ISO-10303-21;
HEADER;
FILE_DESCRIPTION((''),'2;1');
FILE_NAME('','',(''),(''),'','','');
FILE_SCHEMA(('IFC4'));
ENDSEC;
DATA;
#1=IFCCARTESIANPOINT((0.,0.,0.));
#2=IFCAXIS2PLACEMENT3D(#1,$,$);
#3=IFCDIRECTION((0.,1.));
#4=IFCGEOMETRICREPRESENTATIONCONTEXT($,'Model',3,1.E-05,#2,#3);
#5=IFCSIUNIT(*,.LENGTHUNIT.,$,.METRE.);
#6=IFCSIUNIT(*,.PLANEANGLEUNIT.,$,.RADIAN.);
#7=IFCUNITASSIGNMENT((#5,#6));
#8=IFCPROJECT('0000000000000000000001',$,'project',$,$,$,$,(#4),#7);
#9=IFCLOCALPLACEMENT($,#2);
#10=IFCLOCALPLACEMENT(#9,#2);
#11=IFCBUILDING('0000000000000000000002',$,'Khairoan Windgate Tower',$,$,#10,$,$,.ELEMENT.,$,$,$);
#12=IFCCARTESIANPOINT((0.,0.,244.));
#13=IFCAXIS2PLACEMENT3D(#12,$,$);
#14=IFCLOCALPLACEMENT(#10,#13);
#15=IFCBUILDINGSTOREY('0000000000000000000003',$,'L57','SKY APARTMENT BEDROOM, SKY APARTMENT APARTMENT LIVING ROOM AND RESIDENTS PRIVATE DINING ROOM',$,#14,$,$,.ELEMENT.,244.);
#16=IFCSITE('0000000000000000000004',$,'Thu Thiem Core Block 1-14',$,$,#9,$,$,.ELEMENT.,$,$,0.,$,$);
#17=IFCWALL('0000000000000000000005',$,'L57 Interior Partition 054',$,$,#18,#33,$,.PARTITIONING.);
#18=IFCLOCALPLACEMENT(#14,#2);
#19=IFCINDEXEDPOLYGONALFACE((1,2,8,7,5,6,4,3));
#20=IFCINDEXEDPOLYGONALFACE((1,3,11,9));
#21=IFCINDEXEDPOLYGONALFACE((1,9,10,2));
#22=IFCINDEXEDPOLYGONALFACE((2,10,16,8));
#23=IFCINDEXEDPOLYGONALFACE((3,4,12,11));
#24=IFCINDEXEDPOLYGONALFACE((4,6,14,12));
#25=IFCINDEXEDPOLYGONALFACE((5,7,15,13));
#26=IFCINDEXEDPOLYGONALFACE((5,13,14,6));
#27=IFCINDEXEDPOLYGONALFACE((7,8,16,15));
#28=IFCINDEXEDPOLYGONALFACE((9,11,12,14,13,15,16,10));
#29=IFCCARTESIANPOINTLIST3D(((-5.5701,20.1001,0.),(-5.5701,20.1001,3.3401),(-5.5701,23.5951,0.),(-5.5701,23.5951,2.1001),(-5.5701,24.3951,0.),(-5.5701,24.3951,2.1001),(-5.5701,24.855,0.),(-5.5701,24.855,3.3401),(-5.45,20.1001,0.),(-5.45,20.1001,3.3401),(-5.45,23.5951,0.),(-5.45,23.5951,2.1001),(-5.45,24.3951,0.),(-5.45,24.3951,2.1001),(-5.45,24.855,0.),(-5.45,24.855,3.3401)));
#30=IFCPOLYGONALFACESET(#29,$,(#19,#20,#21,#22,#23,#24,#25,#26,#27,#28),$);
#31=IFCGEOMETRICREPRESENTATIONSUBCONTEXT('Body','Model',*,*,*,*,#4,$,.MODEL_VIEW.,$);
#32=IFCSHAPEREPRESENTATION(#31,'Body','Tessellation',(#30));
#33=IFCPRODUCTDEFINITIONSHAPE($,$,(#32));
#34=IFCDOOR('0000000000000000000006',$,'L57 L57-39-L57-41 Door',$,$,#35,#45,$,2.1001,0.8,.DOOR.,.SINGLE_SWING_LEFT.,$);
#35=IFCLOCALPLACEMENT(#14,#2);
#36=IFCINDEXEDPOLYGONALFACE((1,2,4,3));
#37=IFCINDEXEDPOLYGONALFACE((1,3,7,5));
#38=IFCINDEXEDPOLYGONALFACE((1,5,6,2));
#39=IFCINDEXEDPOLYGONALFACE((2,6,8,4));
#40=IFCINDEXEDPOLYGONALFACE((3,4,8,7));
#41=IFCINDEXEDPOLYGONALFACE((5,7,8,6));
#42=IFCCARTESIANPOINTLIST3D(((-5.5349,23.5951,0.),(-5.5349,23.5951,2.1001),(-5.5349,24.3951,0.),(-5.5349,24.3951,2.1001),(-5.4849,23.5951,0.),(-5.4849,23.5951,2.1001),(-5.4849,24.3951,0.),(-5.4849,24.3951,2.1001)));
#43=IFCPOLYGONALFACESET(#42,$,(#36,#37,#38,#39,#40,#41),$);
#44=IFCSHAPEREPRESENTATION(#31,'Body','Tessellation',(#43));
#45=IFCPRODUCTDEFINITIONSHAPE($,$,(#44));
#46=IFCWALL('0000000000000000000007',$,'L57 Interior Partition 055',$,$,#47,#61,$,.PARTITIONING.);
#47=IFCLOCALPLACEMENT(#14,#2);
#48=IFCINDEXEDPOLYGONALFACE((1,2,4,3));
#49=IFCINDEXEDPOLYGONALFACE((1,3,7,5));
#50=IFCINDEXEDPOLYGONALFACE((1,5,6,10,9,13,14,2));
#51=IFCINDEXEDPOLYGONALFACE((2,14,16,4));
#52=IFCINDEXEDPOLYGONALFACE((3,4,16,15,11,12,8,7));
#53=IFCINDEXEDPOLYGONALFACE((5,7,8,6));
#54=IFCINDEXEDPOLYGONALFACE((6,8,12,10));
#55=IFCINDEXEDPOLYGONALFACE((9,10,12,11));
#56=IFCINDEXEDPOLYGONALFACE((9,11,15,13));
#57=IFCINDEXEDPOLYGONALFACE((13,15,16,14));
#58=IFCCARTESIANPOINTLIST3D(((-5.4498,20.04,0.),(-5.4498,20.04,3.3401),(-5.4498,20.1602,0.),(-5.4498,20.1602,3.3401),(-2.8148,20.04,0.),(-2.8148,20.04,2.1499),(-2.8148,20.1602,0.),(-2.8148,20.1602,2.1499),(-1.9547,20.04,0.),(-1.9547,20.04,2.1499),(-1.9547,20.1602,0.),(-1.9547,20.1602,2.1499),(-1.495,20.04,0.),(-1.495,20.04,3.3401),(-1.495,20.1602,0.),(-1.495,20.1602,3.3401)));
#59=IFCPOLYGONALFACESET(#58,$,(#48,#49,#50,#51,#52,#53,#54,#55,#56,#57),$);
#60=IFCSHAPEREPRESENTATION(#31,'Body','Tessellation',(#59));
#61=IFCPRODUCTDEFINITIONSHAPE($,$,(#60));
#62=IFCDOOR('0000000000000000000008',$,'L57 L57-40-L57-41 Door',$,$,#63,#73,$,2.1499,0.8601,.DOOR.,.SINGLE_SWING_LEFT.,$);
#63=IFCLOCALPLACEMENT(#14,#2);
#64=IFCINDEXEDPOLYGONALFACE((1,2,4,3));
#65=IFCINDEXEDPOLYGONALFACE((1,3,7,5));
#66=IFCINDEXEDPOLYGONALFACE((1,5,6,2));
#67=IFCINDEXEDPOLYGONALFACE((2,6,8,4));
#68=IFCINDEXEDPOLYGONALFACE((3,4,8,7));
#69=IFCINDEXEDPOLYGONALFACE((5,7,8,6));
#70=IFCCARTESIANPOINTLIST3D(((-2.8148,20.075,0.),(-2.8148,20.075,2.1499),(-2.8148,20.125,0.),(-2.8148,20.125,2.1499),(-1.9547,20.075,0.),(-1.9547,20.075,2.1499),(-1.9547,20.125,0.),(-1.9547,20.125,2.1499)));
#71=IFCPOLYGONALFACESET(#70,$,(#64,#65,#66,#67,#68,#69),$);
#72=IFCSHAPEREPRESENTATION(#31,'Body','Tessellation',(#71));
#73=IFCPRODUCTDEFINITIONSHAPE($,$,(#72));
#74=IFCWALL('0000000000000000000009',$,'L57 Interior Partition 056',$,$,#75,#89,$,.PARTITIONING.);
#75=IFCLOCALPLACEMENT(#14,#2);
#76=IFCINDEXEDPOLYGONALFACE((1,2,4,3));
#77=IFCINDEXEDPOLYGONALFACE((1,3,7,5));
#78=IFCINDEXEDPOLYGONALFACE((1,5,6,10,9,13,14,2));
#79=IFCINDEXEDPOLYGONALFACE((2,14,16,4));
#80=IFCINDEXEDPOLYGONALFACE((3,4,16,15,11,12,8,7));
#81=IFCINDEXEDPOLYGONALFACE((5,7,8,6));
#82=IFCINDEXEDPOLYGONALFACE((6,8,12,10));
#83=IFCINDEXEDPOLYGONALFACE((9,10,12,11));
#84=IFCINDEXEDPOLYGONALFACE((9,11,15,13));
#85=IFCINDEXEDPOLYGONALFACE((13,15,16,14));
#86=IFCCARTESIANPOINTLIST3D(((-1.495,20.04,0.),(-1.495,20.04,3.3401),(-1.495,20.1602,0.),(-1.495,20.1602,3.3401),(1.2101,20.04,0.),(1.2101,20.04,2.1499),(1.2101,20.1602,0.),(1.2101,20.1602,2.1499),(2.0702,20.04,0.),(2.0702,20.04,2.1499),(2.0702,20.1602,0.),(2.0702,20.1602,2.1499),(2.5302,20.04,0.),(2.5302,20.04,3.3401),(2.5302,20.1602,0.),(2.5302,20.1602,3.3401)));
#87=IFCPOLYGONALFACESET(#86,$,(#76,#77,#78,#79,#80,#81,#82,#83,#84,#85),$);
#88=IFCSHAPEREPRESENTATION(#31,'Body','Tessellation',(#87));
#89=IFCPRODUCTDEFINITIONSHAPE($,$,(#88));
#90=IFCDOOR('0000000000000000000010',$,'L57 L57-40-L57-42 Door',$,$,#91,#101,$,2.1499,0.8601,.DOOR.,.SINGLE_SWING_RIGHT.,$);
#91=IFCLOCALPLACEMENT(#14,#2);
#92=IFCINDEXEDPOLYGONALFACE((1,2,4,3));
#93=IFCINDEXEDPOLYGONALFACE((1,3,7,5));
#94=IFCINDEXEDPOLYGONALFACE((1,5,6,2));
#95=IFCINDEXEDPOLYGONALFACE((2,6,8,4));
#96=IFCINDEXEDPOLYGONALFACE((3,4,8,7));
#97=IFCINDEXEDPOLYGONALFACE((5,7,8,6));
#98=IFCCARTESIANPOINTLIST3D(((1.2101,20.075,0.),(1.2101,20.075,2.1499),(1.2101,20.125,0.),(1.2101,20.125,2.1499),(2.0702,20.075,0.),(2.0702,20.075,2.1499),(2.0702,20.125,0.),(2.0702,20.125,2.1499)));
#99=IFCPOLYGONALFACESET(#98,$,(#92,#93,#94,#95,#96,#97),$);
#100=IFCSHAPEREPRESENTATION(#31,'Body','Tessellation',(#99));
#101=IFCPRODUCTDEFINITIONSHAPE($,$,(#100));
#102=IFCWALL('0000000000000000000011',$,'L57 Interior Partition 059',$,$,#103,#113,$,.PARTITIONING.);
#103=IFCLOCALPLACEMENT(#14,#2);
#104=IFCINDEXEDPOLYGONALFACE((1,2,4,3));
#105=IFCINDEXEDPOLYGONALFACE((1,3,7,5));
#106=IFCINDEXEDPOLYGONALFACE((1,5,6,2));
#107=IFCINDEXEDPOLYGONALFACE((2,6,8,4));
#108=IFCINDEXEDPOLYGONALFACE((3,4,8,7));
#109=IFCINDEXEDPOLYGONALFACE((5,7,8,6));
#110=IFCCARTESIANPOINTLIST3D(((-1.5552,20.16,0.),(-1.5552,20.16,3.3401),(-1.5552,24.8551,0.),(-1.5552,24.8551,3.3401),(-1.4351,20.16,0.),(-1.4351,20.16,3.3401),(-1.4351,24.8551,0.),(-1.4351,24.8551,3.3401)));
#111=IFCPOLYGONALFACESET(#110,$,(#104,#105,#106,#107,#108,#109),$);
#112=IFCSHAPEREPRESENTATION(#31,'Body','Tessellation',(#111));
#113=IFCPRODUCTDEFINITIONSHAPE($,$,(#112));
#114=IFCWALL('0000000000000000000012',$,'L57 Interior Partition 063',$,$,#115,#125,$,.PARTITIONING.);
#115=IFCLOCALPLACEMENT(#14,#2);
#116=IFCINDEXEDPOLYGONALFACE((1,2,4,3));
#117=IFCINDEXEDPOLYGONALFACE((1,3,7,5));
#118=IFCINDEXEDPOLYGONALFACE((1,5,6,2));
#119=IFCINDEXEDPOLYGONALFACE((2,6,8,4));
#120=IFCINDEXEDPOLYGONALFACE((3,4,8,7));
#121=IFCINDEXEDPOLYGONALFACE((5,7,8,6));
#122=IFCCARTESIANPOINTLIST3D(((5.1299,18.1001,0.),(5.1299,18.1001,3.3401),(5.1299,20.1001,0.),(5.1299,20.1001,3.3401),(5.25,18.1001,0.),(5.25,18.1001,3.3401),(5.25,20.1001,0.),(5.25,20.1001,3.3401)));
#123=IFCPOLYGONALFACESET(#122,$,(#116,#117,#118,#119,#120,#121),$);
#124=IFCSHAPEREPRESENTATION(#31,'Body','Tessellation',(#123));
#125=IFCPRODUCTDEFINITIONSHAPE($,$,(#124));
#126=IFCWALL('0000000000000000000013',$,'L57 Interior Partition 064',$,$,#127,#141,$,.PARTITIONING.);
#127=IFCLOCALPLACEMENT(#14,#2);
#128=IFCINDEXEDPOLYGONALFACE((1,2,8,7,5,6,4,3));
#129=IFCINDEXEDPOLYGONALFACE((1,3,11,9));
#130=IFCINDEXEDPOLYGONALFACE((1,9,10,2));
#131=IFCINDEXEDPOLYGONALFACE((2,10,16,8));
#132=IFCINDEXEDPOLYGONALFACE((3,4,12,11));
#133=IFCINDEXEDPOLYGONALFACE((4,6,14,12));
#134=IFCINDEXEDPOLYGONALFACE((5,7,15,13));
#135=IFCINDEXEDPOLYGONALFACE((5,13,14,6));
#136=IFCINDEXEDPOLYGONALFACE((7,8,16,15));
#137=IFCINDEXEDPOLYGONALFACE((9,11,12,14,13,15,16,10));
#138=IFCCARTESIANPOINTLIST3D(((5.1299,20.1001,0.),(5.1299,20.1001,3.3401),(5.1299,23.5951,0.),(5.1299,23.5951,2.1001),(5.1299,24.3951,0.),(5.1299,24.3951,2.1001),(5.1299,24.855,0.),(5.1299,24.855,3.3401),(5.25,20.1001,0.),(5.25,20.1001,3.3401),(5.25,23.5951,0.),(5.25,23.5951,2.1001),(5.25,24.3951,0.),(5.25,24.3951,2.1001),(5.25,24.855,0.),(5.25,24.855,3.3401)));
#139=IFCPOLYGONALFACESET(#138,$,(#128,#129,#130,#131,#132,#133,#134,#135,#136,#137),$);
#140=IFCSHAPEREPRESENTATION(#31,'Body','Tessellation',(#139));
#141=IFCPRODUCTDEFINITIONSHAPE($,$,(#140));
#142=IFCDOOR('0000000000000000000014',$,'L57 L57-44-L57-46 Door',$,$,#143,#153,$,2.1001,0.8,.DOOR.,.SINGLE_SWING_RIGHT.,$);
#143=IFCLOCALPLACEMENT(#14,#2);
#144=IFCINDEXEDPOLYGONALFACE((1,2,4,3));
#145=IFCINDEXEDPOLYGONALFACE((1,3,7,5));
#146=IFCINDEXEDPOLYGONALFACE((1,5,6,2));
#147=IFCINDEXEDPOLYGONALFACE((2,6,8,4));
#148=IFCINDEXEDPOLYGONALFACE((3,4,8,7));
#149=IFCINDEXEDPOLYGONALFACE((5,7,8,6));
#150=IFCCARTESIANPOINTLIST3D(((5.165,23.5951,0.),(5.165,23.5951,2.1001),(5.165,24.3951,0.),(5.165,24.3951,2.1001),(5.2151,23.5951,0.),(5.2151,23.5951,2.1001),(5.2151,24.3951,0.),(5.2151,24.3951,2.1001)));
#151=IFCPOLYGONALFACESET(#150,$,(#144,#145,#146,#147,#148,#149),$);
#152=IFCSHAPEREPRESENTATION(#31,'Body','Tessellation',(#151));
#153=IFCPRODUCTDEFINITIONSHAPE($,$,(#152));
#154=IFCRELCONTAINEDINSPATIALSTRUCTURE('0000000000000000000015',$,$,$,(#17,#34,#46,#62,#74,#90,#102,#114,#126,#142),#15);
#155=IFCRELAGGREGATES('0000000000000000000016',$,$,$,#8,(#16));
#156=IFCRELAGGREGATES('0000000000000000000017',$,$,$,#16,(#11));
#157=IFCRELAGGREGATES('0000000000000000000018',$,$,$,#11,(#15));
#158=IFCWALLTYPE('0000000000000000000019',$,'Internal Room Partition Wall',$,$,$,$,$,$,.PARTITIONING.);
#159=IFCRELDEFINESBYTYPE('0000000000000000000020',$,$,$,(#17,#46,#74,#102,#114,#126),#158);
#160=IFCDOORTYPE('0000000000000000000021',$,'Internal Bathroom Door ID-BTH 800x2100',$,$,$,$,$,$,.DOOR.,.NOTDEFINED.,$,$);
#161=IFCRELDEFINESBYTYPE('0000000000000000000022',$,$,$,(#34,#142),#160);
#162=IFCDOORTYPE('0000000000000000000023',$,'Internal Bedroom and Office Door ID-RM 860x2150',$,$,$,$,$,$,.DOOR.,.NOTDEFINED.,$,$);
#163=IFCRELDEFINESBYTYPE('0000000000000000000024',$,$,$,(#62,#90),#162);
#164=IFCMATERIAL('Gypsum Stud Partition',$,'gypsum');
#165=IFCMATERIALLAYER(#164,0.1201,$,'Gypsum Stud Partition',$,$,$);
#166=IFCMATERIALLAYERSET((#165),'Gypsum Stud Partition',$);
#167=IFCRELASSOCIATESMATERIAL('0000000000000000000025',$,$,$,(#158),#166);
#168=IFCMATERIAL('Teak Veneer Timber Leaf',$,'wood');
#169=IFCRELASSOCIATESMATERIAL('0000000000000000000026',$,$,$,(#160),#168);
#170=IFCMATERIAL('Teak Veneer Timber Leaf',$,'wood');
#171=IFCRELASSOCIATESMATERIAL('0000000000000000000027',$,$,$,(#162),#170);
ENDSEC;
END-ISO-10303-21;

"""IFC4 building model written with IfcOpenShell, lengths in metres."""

from ifc_helpers import new_model, si_unit, direction, frame, frame_2d, origin, place, context, subcontext, project, spatial, rectangle, extrude, material, layer, layer_set, type_object, element, fill, save


model = new_model("IFC4")

# Units and contexts
model_context = context("Model", 3, precision=1e-05, world=origin(), true_north=direction((0.0, 1.0)))
body_context = subcontext(model_context, "Body", "Model", "MODEL_VIEW")
ifc_project = project(units=[si_unit("LENGTHUNIT", "METRE"), si_unit("PLANEANGLEUNIT", "RADIAN")], contexts=[model_context])

# Site, building, storey
site_placement = place(None, origin())
site = spatial("IfcSite", under=ifc_project, at=site_placement, Name="Thu Thiem Core Block 1-14", CompositionType="ELEMENT", RefElevation=0.0)
building_placement = place(site_placement, origin())
building = spatial("IfcBuilding", under=site, at=building_placement, Name="Khairoan Windgate Tower", CompositionType="ELEMENT")
storey_placement = place(building_placement, frame((0.0, 0.0, 244.0)))
storey = spatial("IfcBuildingStorey", under=building, at=storey_placement, Name="L57", Description="SKY APARTMENT BEDROOM, SKY APARTMENT APARTMENT LIVING ROOM AND RESIDENTS PRIVATE DINING ROOM", CompositionType="ELEMENT", Elevation=244.0)

# Shared definitions
ifc_material_1 = material(Name="Gypsum Stud Partition", Category="gypsum")
ifc_layer_1 = layer(ifc_material_1, 0.1201, Name="Gypsum Stud Partition")
ifc_layer_set_1 = layer_set([ifc_layer_1], Name="Gypsum Stud Partition")
wall_type_1 = type_object("IfcWallType", Name="Internal Room Partition Wall", PredefinedType="PARTITIONING", material=ifc_layer_set_1)

# Walls, openings, doors
wall_1_placement = place(storey_placement, frame((-5.51, 20.1001, 0.0), z_axis=(0.0, 0.0, 1.0), x_axis=(0.0, 1.0, 0.0)))
wall_1 = element("IfcWall", 1, at=wall_1_placement, inside=storey, type_object=wall_type_1, Name="L57 Interior Partition 054", PredefinedType="PARTITIONING", context=body_context, shape_type="SweptSolid", body=[
    extrude(rectangle(XDim=4.7549, YDim=0.1201, at=frame_2d((2.3774, 0.0))), origin(), (0.0, 0.0, 1.0), 3.3401),
])
opening_1_placement = place(wall_1_placement, frame((3.4951, 0.0, 0.0)))
opening_1 = element("IfcOpeningElement", 2, at=opening_1_placement, cuts=wall_1, PredefinedType="OPENING", context=body_context, shape_type="SweptSolid", body=[
    extrude(rectangle(XDim=0.8, YDim=2.1001, at=frame_2d((0.3999, 1.05))), frame((0.0, 0.0701, 0.0), z_axis=(0.0, -1.0, 0.0), x_axis=(1.0, 0.0, 0.0)), (0.0, 0.0, 1.0), 0.1401),
])
ifc_material_2 = material(Name="Teak Veneer Timber Leaf", Category="wood")
door_type_1 = type_object("IfcDoorType", Name="Internal Bathroom Door ID-BTH 800x2100", OperationType="NOTDEFINED", PredefinedType="DOOR", material=ifc_material_2)
door_1_placement = place(opening_1_placement, origin())
door_1 = element("IfcDoor", 3, at=door_1_placement, inside=storey, type_object=door_type_1, Name="L57 L57-39-L57-41 Door", OperationType="SINGLE_SWING_LEFT", OverallHeight=2.1001, OverallWidth=0.8, PredefinedType="DOOR", context=body_context, shape_type="SweptSolid", body=[
    extrude(rectangle(XDim=0.8, YDim=2.1001, at=frame_2d((0.3999, 1.05))), frame((0.0, 0.0249, 0.0), z_axis=(0.0, -1.0, 0.0), x_axis=(1.0, 0.0, 0.0)), (0.0, 0.0, 1.0), 0.05),
])
fill(opening_1, door_1)
wall_2_placement = place(storey_placement, frame((-5.45, 20.1001, 0.0), z_axis=(0.0, 0.0, 1.0), x_axis=(1.0, 0.0, 0.0)))
wall_2 = element("IfcWall", 4, at=wall_2_placement, inside=storey, type_object=wall_type_1, Name="L57 Interior Partition 055", PredefinedType="PARTITIONING", context=body_context, shape_type="SweptSolid", body=[
    extrude(rectangle(XDim=3.9548, YDim=0.1201, at=frame_2d((1.9775, 0.0))), origin(), (0.0, 0.0, 1.0), 3.3401),
])
opening_2_placement = place(wall_2_placement, frame((2.635, 0.0, 0.0)))
opening_2 = element("IfcOpeningElement", 5, at=opening_2_placement, cuts=wall_2, PredefinedType="OPENING", context=body_context, shape_type="SweptSolid", body=[
    extrude(rectangle(XDim=0.8601, YDim=2.1499, at=frame_2d((0.4302, 1.075))), frame((0.0, 0.0701, 0.0), z_axis=(0.0, -1.0, 0.0), x_axis=(1.0, 0.0, 0.0)), (0.0, 0.0, 1.0), 0.1401),
])
ifc_material_3 = material(Name="Teak Veneer Timber Leaf", Category="wood")
door_type_2 = type_object("IfcDoorType", Name="Internal Bedroom and Office Door ID-RM 860x2150", OperationType="NOTDEFINED", PredefinedType="DOOR", material=ifc_material_3)
door_2_placement = place(opening_2_placement, origin())
door_2 = element("IfcDoor", 6, at=door_2_placement, inside=storey, type_object=door_type_2, Name="L57 L57-40-L57-41 Door", OperationType="SINGLE_SWING_LEFT", OverallHeight=2.1499, OverallWidth=0.8601, PredefinedType="DOOR", context=body_context, shape_type="SweptSolid", body=[
    extrude(rectangle(XDim=0.8601, YDim=2.1499, at=frame_2d((0.4302, 1.075))), frame((0.0, 0.0249, 0.0), z_axis=(0.0, -1.0, 0.0), x_axis=(1.0, 0.0, 0.0)), (0.0, 0.0, 1.0), 0.05),
])
fill(opening_2, door_2)
wall_3_placement = place(storey_placement, frame((-1.4951, 20.1001, 0.0), z_axis=(0.0, 0.0, 1.0), x_axis=(1.0, 0.0, 0.0)))
wall_3 = element("IfcWall", 7, at=wall_3_placement, inside=storey, type_object=wall_type_1, Name="L57 Interior Partition 056", PredefinedType="PARTITIONING", context=body_context, shape_type="SweptSolid", body=[
    extrude(rectangle(XDim=4.0251, YDim=0.1201, at=frame_2d((2.0127, 0.0))), origin(), (0.0, 0.0, 1.0), 3.3401),
])
opening_3_placement = place(wall_3_placement, frame((2.7051, 0.0, 0.0)))
opening_3 = element("IfcOpeningElement", 8, at=opening_3_placement, cuts=wall_3, PredefinedType="OPENING", context=body_context, shape_type="SweptSolid", body=[
    extrude(rectangle(XDim=0.8601, YDim=2.1499, at=frame_2d((0.4302, 1.075))), frame((0.0, 0.0701, 0.0), z_axis=(0.0, -1.0, 0.0), x_axis=(1.0, 0.0, 0.0)), (0.0, 0.0, 1.0), 0.1401),
])
door_3_placement = place(opening_3_placement, origin())
door_3 = element("IfcDoor", 9, at=door_3_placement, inside=storey, type_object=door_type_2, Name="L57 L57-40-L57-42 Door", OperationType="SINGLE_SWING_RIGHT", OverallHeight=2.1499, OverallWidth=0.8601, PredefinedType="DOOR", context=body_context, shape_type="SweptSolid", body=[
    extrude(rectangle(XDim=0.8601, YDim=2.1499, at=frame_2d((0.4302, 1.075))), frame((0.0, 0.0249, 0.0), z_axis=(0.0, -1.0, 0.0), x_axis=(1.0, 0.0, 0.0)), (0.0, 0.0, 1.0), 0.05),
])
fill(opening_3, door_3)

# Walls
wall_4_placement = place(storey_placement, frame((-1.4951, 20.1599, 0.0), z_axis=(0.0, 0.0, 1.0), x_axis=(0.0, 1.0, 0.0)))
element("IfcWall", 10, at=wall_4_placement, inside=storey, type_object=wall_type_1, Name="L57 Interior Partition 059", PredefinedType="PARTITIONING", context=body_context, shape_type="SweptSolid", body=[
    extrude(rectangle(XDim=4.6951, YDim=0.1201, at=frame_2d((2.3477, 0.0))), origin(), (0.0, 0.0, 1.0), 3.3401),
])
wall_5_placement = place(storey_placement, frame((5.1899, 18.1001, 0.0), z_axis=(0.0, 0.0, 1.0), x_axis=(0.0, 1.0, 0.0)))
element("IfcWall", 11, at=wall_5_placement, inside=storey, type_object=wall_type_1, Name="L57 Interior Partition 063", PredefinedType="PARTITIONING", context=body_context, shape_type="SweptSolid", body=[
    extrude(rectangle(XDim=2.0, YDim=0.1201, at=frame_2d((1.0, 0.0))), origin(), (0.0, 0.0, 1.0), 3.3401),
])

# Wall, opening, door
wall_6_placement = place(storey_placement, frame((5.1899, 20.1001, 0.0), z_axis=(0.0, 0.0, 1.0), x_axis=(0.0, 1.0, 0.0)))
wall_6 = element("IfcWall", 12, at=wall_6_placement, inside=storey, type_object=wall_type_1, Name="L57 Interior Partition 064", PredefinedType="PARTITIONING", context=body_context, shape_type="SweptSolid", body=[
    extrude(rectangle(XDim=4.7549, YDim=0.1201, at=frame_2d((2.3774, 0.0))), origin(), (0.0, 0.0, 1.0), 3.3401),
])
opening_4_placement = place(wall_6_placement, frame((3.4951, 0.0, 0.0)))
opening_4 = element("IfcOpeningElement", 13, at=opening_4_placement, cuts=wall_6, PredefinedType="OPENING", context=body_context, shape_type="SweptSolid", body=[
    extrude(rectangle(XDim=0.8, YDim=2.1001, at=frame_2d((0.3999, 1.05))), frame((0.0, 0.0701, 0.0), z_axis=(0.0, -1.0, 0.0), x_axis=(1.0, 0.0, 0.0)), (0.0, 0.0, 1.0), 0.1401),
])
door_4_placement = place(opening_4_placement, origin())
door_4 = element("IfcDoor", 14, at=door_4_placement, inside=storey, type_object=door_type_1, Name="L57 L57-44-L57-46 Door", OperationType="SINGLE_SWING_RIGHT", OverallHeight=2.1001, OverallWidth=0.8, PredefinedType="DOOR", context=body_context, shape_type="SweptSolid", body=[
    extrude(rectangle(XDim=0.8, YDim=2.1001, at=frame_2d((0.3999, 1.05))), frame((0.0, 0.0249, 0.0), z_axis=(0.0, -1.0, 0.0), x_axis=(1.0, 0.0, 0.0)), (0.0, 0.0, 1.0), 0.05),
])
fill(opening_4, door_4)

save(model, "model.ifc")
